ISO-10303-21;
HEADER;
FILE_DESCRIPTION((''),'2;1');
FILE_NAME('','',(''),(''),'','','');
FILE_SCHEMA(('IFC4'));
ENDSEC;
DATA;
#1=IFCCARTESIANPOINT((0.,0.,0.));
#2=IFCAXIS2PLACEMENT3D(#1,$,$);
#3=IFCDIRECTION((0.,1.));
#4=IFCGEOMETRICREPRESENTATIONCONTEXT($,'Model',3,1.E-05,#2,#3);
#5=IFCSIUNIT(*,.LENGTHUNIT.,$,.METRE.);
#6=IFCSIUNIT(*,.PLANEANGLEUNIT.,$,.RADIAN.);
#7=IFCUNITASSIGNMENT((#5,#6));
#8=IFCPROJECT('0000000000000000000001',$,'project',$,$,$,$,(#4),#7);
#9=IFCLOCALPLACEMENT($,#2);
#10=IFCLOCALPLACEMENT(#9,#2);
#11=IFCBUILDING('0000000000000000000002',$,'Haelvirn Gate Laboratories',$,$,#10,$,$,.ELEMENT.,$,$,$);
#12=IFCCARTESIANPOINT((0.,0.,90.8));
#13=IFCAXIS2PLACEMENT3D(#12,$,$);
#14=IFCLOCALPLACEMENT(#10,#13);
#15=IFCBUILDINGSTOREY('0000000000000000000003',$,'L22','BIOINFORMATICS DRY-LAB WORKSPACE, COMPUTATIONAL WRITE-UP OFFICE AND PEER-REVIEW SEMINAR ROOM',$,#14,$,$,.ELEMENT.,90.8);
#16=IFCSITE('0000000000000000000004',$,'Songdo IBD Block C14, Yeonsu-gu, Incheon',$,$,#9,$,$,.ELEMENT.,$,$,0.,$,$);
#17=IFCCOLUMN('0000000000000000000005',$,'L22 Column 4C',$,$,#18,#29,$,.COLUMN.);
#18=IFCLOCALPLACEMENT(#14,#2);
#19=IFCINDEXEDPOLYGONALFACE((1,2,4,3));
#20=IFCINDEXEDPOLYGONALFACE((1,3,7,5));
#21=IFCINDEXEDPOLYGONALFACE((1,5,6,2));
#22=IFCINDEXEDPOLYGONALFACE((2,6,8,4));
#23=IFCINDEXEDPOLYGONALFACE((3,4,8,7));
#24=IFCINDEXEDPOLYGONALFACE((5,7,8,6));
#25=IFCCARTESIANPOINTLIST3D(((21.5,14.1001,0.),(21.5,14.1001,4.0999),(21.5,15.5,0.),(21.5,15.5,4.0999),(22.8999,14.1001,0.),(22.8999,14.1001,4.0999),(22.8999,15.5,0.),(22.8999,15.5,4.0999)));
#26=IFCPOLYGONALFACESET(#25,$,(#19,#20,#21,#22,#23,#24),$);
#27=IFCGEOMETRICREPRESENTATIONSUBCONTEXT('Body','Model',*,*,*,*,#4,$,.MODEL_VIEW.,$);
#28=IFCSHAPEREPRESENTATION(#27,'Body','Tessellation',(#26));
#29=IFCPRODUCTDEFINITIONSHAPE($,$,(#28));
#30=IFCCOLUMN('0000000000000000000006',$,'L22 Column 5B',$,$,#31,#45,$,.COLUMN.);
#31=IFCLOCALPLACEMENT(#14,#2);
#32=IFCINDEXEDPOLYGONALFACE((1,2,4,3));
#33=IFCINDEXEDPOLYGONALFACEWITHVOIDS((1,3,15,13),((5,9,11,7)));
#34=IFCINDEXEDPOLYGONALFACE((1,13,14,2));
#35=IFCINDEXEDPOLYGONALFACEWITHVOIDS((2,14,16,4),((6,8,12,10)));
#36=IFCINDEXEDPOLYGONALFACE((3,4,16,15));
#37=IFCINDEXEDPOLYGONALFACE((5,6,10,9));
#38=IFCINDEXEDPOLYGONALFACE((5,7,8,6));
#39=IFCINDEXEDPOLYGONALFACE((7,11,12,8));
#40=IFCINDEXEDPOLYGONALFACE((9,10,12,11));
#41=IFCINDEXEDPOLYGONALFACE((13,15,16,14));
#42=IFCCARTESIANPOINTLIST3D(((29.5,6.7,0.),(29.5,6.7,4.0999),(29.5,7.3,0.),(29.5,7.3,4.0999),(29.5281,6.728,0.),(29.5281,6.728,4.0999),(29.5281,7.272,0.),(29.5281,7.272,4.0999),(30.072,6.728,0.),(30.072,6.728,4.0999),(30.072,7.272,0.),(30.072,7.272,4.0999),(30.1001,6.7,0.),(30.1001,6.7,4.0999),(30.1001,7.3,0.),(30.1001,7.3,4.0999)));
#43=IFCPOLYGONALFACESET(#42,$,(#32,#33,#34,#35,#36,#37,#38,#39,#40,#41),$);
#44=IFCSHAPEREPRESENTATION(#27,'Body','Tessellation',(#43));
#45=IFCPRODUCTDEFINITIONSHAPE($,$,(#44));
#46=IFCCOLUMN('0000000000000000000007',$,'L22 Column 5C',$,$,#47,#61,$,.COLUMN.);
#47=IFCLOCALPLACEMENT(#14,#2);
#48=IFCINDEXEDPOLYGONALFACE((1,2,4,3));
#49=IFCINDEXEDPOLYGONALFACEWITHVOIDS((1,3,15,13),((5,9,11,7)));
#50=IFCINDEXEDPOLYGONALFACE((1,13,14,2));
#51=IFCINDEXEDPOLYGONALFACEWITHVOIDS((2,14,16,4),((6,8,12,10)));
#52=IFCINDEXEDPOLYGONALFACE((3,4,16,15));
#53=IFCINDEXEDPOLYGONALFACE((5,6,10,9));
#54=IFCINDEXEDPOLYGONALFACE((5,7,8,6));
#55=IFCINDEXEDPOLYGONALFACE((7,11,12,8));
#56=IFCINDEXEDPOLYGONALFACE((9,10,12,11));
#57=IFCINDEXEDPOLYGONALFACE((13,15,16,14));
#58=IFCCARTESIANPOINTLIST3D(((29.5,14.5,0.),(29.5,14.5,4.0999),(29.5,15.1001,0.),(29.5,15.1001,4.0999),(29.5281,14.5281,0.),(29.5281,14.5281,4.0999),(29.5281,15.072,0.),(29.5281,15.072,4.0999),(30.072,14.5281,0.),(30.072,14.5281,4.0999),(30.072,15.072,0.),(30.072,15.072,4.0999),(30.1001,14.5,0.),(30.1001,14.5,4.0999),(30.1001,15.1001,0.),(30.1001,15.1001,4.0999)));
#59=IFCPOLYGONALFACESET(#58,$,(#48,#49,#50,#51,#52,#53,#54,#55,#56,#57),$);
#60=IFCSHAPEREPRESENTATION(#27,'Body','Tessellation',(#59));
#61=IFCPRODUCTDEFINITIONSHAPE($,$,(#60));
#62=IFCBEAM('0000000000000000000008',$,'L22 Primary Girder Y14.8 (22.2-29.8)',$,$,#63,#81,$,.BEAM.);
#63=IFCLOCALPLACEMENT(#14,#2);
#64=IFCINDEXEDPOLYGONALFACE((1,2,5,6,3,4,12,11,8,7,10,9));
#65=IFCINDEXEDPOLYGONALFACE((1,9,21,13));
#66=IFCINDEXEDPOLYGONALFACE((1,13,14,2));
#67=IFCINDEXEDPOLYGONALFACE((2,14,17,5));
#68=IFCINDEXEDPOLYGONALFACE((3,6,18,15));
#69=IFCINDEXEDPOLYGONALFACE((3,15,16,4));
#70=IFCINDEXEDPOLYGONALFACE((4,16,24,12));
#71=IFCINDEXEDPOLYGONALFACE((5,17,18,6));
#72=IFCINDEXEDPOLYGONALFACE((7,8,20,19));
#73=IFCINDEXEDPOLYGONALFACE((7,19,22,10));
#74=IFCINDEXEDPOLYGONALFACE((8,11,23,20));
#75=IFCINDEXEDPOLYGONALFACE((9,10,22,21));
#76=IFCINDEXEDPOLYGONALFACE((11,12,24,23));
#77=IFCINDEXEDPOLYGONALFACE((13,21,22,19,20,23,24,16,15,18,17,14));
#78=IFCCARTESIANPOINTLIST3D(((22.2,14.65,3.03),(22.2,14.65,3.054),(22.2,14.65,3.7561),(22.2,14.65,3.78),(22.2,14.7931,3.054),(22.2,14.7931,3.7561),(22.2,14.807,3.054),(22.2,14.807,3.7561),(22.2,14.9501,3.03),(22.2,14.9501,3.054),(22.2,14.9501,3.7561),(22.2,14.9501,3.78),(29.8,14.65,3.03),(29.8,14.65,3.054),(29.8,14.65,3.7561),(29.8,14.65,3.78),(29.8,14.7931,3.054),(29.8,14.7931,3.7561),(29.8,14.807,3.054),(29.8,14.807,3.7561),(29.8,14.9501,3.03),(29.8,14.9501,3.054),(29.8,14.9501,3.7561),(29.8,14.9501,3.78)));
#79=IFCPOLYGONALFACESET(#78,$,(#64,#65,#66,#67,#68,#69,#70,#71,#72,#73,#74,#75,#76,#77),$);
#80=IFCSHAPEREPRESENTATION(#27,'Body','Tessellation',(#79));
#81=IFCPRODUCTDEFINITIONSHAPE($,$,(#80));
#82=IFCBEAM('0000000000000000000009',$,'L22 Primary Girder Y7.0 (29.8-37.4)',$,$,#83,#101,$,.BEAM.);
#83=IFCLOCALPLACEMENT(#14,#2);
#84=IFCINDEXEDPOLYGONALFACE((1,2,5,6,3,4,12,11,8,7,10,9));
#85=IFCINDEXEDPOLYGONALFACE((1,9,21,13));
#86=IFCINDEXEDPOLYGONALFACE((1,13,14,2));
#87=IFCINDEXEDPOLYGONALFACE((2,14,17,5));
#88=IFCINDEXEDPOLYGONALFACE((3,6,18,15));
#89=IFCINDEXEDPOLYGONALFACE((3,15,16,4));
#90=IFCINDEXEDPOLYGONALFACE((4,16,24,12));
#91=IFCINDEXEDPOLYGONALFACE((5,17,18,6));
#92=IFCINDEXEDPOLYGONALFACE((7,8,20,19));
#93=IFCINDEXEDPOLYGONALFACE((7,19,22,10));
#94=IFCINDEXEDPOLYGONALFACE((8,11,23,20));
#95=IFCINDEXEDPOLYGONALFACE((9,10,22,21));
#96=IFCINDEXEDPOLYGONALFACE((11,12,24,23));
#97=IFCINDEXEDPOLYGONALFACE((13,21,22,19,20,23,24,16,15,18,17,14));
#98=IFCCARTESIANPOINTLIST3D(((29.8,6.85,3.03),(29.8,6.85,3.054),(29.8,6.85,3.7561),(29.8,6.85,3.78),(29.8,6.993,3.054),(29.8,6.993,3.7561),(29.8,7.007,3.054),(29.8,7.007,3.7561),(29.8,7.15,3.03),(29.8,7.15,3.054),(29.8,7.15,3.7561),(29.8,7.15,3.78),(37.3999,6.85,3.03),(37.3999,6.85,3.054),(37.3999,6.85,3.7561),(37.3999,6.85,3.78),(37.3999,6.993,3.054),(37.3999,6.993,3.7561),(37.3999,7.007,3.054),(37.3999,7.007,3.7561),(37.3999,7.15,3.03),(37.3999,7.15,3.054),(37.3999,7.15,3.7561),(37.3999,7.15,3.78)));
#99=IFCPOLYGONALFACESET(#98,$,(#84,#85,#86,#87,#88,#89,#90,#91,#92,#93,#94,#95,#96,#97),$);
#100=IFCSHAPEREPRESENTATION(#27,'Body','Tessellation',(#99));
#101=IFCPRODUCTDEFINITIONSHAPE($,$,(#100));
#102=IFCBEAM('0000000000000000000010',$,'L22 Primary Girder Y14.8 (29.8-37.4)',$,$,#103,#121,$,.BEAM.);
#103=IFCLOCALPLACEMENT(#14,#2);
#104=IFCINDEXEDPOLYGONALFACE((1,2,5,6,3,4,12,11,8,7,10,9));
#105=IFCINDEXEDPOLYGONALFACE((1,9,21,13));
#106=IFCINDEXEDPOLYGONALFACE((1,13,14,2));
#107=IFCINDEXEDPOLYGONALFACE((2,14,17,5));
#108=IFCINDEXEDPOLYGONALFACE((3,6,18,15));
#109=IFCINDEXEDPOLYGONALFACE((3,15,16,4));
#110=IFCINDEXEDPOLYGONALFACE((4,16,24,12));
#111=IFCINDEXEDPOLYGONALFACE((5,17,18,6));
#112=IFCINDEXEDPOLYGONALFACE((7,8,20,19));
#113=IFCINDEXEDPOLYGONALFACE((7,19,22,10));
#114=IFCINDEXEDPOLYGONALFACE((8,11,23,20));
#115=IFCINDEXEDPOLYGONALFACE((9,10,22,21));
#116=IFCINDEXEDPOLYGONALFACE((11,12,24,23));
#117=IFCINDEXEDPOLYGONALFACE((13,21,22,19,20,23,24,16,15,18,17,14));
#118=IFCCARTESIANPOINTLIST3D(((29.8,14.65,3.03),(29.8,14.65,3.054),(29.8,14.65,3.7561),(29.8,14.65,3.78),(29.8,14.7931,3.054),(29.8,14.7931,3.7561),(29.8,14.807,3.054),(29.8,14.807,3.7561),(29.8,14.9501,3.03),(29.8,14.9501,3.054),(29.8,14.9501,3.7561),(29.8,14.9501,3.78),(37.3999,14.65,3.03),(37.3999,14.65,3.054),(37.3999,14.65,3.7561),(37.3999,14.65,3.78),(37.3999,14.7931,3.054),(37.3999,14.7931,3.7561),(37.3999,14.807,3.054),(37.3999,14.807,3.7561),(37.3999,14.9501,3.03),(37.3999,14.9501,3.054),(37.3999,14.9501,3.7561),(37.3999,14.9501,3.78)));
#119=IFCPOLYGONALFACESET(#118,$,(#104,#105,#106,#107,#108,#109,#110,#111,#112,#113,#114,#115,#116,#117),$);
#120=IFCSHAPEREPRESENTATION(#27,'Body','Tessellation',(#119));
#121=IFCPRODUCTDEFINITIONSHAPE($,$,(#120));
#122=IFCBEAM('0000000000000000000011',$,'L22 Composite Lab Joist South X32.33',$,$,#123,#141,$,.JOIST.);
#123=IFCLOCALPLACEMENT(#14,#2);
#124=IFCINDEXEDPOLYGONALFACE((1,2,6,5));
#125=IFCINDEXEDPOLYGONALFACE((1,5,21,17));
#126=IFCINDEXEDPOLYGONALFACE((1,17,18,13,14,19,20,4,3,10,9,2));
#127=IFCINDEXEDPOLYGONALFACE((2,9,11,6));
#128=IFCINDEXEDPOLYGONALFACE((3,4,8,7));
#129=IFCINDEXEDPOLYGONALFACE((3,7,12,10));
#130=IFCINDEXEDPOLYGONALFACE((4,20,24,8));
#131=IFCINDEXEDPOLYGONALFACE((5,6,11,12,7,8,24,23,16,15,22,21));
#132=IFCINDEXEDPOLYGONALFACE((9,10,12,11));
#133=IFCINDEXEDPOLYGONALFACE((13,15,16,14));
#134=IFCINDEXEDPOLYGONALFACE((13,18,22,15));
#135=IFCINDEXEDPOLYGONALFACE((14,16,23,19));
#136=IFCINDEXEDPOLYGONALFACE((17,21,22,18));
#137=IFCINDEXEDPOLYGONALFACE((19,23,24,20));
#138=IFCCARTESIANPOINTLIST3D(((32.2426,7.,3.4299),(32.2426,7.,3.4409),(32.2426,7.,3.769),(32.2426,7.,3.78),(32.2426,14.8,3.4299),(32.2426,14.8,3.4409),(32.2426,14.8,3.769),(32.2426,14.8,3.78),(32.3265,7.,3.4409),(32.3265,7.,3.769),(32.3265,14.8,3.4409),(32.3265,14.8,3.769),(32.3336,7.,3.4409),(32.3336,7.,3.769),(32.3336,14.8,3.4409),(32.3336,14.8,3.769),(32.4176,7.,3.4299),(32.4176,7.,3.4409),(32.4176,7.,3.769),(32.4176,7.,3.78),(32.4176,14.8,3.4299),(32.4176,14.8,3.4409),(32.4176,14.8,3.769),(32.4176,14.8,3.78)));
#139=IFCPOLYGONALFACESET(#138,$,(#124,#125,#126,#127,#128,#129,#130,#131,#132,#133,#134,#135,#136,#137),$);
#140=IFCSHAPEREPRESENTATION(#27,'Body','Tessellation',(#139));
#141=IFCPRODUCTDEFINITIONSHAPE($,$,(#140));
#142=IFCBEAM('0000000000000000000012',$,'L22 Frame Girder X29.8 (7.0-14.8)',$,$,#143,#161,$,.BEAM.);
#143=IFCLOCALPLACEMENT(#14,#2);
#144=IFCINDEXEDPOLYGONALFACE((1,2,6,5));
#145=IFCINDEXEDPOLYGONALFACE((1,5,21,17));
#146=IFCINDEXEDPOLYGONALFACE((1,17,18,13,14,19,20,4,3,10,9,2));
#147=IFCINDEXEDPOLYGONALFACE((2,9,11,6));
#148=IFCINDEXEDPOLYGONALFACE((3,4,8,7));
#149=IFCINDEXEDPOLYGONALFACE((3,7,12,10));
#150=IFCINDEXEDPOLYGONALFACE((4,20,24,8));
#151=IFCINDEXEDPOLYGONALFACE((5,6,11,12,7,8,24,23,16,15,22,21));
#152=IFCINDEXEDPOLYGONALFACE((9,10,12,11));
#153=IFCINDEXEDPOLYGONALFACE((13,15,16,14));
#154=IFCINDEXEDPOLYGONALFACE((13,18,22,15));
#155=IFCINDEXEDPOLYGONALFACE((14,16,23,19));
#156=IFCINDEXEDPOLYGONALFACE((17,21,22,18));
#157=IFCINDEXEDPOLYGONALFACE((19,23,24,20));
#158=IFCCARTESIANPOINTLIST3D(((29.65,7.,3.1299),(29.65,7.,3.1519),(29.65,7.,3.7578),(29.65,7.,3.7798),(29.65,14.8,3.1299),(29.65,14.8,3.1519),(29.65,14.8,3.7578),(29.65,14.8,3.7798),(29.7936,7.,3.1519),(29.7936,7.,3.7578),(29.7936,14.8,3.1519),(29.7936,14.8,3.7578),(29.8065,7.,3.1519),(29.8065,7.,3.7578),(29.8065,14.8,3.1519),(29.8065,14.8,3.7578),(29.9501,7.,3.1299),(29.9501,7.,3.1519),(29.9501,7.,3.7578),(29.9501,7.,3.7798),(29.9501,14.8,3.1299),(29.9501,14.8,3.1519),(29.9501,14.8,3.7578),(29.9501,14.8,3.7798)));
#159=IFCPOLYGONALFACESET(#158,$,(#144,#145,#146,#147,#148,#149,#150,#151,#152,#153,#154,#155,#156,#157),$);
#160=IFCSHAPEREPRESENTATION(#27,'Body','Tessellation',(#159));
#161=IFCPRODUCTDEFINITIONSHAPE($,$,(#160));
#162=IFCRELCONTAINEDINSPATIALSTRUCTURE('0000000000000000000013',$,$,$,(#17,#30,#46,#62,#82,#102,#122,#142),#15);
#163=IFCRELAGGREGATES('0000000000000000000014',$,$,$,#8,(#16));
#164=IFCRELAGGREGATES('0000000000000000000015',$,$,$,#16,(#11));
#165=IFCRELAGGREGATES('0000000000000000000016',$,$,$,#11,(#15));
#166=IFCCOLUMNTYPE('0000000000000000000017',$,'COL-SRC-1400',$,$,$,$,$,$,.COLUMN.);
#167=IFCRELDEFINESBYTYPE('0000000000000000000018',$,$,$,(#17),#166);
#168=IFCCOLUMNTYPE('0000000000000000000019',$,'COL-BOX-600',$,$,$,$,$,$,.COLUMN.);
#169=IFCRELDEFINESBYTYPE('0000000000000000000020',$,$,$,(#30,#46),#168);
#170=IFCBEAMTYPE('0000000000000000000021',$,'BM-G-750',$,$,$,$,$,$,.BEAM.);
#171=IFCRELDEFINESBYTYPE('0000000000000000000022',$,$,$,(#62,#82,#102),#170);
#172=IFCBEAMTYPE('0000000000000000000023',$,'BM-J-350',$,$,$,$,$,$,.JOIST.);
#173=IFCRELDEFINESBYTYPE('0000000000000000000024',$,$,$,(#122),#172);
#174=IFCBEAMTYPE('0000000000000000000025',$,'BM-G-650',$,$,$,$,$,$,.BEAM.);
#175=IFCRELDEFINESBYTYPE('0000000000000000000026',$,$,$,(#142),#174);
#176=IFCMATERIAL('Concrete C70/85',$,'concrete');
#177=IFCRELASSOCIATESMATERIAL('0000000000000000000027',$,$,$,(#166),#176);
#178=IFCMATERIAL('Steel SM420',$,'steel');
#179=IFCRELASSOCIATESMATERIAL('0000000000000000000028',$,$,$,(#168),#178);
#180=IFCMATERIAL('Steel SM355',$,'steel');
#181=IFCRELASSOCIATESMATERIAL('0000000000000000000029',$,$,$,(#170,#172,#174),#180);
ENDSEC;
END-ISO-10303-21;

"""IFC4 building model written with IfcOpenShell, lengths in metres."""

from ifc_helpers import new_model, si_unit, direction, frame, origin, origin_2d, place, context, subcontext, project, spatial, rectangle, hollow_rectangle, i_section, extrude, source, transform, mapped, material, material_profile, profile_set, type_object, type_shapes, element, save


model = new_model("IFC4")

# Units and contexts
model_context = context("Model", 3, precision=1e-05, world=origin(), true_north=direction((0.0, 1.0)))
body_context = subcontext(model_context, "Body", "Model", "MODEL_VIEW")
ifc_project = project(units=[si_unit("LENGTHUNIT", "METRE"), si_unit("PLANEANGLEUNIT", "RADIAN")], contexts=[model_context])

# Site, building, storey
site_placement = place(None, origin())
site = spatial("IfcSite", under=ifc_project, at=site_placement, Name="Songdo IBD Block C14, Yeonsu-gu, Incheon", CompositionType="ELEMENT", RefElevation=0.0)
building_placement = place(site_placement, origin())
building = spatial("IfcBuilding", under=site, at=building_placement, Name="Haelvirn Gate Laboratories", CompositionType="ELEMENT")
storey_placement = place(building_placement, frame((0.0, 0.0, 90.8)))
storey = spatial("IfcBuildingStorey", under=building, at=storey_placement, Name="L22", Description="BIOINFORMATICS DRY-LAB WORKSPACE, COMPUTATIONAL WRITE-UP OFFICE AND PEER-REVIEW SEMINAR ROOM", CompositionType="ELEMENT", Elevation=90.8)

# Columns
ifc_material_1 = material(Name="Concrete C70/85", Category="concrete")
ifc_material_profile_1 = material_profile(ifc_material_1, rectangle(XDim=1.3999, YDim=1.3999, at=origin_2d()), Name="SRC-1400x1400")
ifc_profile_set_1 = profile_set([ifc_material_profile_1], Name="Concrete C70/85")
column_type_1 = type_object("IfcColumnType", Name="COL-SRC-1400", PredefinedType="COLUMN", material=ifc_profile_set_1)
shared_shape_1 = source(origin(), body_context, "Body", "SweptSolid", [
    extrude(rectangle(XDim=1.3999, YDim=1.3999, at=origin_2d()), origin(), (0.0, 0.0, 1.0), 4.0999),
])
type_shapes(column_type_1, [shared_shape_1])
column_placement = place(storey_placement, frame((22.2, 14.8, 0.0), z_axis=(0.0, 0.0, 1.0), x_axis=(1.0, 0.0, 0.0)))
element("IfcColumn", 1, at=column_placement, inside=storey, type_object=column_type_1, Name="L22 Column 4C", PredefinedType="COLUMN", context=body_context, shape_type="MappedRepresentation", body=[
    mapped(shared_shape_1, transform((0.0, 0.0, 0.0), scale=1.0)),
])
ifc_material_2 = material(Name="Steel SM420", Category="steel")
ifc_material_profile_2 = material_profile(ifc_material_2, hollow_rectangle(XDim=0.6001, YDim=0.6001, WallThickness=0.0281, at=origin_2d()), Name="BOX-600x600x28")
ifc_profile_set_2 = profile_set([ifc_material_profile_2], Name="Steel SM420")
column_type_2 = type_object("IfcColumnType", Name="COL-BOX-600", PredefinedType="COLUMN", material=ifc_profile_set_2)
shared_shape_2 = source(origin(), body_context, "Body", "SweptSolid", [
    extrude(hollow_rectangle(XDim=0.6001, YDim=0.6001, WallThickness=0.0281, at=origin_2d()), origin(), (0.0, 0.0, 1.0), 4.0999),
])
type_shapes(column_type_2, [shared_shape_2])
for number, where, z_axis, x_axis, name in (
    (2, (29.8, 7.0, 0.0), (0.0, 0.0, 1.0), (1.0, 0.0, 0.0), "L22 Column 5B"),
    (3, (29.8, 14.8, 0.0), (0.0, 0.0, 1.0), (1.0, 0.0, 0.0), "L22 Column 5C"),
):
    element("IfcColumn", number, at=place(storey_placement, frame(where, z_axis=z_axis, x_axis=x_axis)), inside=storey, type_object=column_type_2, Name=name, PredefinedType="COLUMN", context=body_context, shape_type="MappedRepresentation", body=[
        mapped(shared_shape_2, transform((0.0, 0.0, 0.0), scale=1.0)),
    ])

# Beams
ifc_material_3 = material(Name="Steel SM355", Category="steel")
ifc_material_profile_3 = material_profile(ifc_material_3, i_section(OverallWidth=0.3, OverallDepth=0.75, WebThickness=0.0139, FlangeThickness=0.0239, at=origin_2d()), Name="H-750x300x14x24")
ifc_profile_set_3 = profile_set([ifc_material_profile_3], Name="Steel SM355")
beam_type_1 = type_object("IfcBeamType", Name="BM-G-750", PredefinedType="BEAM", material=ifc_profile_set_3)
shared_shape_3 = source(origin(), body_context, "Body", "SweptSolid", [
    extrude(i_section(OverallWidth=0.3, OverallDepth=0.75, WebThickness=0.0139, FlangeThickness=0.0239, at=origin_2d()), origin(), (0.0, 0.0, 1.0), 7.6001),
])
beam_1_placement = place(storey_placement, frame((22.2, 14.8, 3.405), z_axis=(1.0, 0.0, 0.0), x_axis=(0.0, 1.0, 0.0)))
element("IfcBeam", 4, at=beam_1_placement, inside=storey, type_object=beam_type_1, Name="L22 Primary Girder Y14.8 (22.2-29.8)", PredefinedType="BEAM", context=body_context, shape_type="MappedRepresentation", body=[
    mapped(shared_shape_3, transform((0.0, 0.0, 0.0), scale=1.0)),
])
shared_shape_4 = source(origin(), body_context, "Body", "SweptSolid", [
    extrude(i_section(OverallWidth=0.3, OverallDepth=0.75, WebThickness=0.0139, FlangeThickness=0.0239, at=origin_2d()), origin(), (0.0, 0.0, 1.0), 7.5999),
])
type_shapes(beam_type_1, [shared_shape_3, shared_shape_4])
for number, where, z_axis, x_axis, name in (
    (5, (29.8, 7.0, 3.405), (1.0, 0.0, 0.0), (0.0, 1.0, 0.0), "L22 Primary Girder Y7.0 (29.8-37.4)"),
    (6, (29.8, 14.8, 3.405), (1.0, 0.0, 0.0), (0.0, 1.0, 0.0), "L22 Primary Girder Y14.8 (29.8-37.4)"),
):
    element("IfcBeam", number, at=place(storey_placement, frame(where, z_axis=z_axis, x_axis=x_axis)), inside=storey, type_object=beam_type_1, Name=name, PredefinedType="BEAM", context=body_context, shape_type="MappedRepresentation", body=[
        mapped(shared_shape_4, transform((0.0, 0.0, 0.0), scale=1.0)),
    ])
ifc_material_profile_4 = material_profile(ifc_material_3, i_section(OverallWidth=0.175, OverallDepth=0.3501, WebThickness=0.0071, FlangeThickness=0.011, at=origin_2d()), Name="H-350x175x7x11")
ifc_profile_set_4 = profile_set([ifc_material_profile_4], Name="Steel SM355")
beam_type_2 = type_object("IfcBeamType", Name="BM-J-350", PredefinedType="JOIST", material=ifc_profile_set_4)
shared_shape_5 = source(origin(), body_context, "Body", "SweptSolid", [
    extrude(i_section(OverallWidth=0.175, OverallDepth=0.3501, WebThickness=0.0071, FlangeThickness=0.011, at=origin_2d()), origin(), (0.0, 0.0, 1.0), 7.8),
])
type_shapes(beam_type_2, [shared_shape_5])
beam_2_placement = place(storey_placement, frame((32.3301, 7.0, 3.605), z_axis=(0.0, 1.0, 0.0), x_axis=(-1.0, 0.0, 0.0)))
element("IfcBeam", 7, at=beam_2_placement, inside=storey, type_object=beam_type_2, Name="L22 Composite Lab Joist South X32.33", PredefinedType="JOIST", context=body_context, shape_type="MappedRepresentation", body=[
    mapped(shared_shape_5, transform((0.0, 0.0, 0.0), scale=1.0)),
])
ifc_material_profile_5 = material_profile(ifc_material_3, i_section(OverallWidth=0.3, OverallDepth=0.6499, WebThickness=0.0129, FlangeThickness=0.022, at=origin_2d()), Name="H-650x300x13x22")
ifc_profile_set_5 = profile_set([ifc_material_profile_5], Name="Steel SM355")
beam_type_3 = type_object("IfcBeamType", Name="BM-G-650", PredefinedType="BEAM", material=ifc_profile_set_5)
shared_shape_6 = source(origin(), body_context, "Body", "SweptSolid", [
    extrude(i_section(OverallWidth=0.3, OverallDepth=0.6499, WebThickness=0.0129, FlangeThickness=0.022, at=origin_2d()), origin(), (0.0, 0.0, 1.0), 7.8),
])
type_shapes(beam_type_3, [shared_shape_6])
beam_3_placement = place(storey_placement, frame((29.8, 7.0, 3.4548), z_axis=(0.0, 1.0, 0.0), x_axis=(-1.0, 0.0, 0.0)))
element("IfcBeam", 8, at=beam_3_placement, inside=storey, type_object=beam_type_3, Name="L22 Frame Girder X29.8 (7.0-14.8)", PredefinedType="BEAM", context=body_context, shape_type="MappedRepresentation", body=[
    mapped(shared_shape_6, transform((0.0, 0.0, 0.0), scale=1.0)),
])

save(model, "model.ifc")
